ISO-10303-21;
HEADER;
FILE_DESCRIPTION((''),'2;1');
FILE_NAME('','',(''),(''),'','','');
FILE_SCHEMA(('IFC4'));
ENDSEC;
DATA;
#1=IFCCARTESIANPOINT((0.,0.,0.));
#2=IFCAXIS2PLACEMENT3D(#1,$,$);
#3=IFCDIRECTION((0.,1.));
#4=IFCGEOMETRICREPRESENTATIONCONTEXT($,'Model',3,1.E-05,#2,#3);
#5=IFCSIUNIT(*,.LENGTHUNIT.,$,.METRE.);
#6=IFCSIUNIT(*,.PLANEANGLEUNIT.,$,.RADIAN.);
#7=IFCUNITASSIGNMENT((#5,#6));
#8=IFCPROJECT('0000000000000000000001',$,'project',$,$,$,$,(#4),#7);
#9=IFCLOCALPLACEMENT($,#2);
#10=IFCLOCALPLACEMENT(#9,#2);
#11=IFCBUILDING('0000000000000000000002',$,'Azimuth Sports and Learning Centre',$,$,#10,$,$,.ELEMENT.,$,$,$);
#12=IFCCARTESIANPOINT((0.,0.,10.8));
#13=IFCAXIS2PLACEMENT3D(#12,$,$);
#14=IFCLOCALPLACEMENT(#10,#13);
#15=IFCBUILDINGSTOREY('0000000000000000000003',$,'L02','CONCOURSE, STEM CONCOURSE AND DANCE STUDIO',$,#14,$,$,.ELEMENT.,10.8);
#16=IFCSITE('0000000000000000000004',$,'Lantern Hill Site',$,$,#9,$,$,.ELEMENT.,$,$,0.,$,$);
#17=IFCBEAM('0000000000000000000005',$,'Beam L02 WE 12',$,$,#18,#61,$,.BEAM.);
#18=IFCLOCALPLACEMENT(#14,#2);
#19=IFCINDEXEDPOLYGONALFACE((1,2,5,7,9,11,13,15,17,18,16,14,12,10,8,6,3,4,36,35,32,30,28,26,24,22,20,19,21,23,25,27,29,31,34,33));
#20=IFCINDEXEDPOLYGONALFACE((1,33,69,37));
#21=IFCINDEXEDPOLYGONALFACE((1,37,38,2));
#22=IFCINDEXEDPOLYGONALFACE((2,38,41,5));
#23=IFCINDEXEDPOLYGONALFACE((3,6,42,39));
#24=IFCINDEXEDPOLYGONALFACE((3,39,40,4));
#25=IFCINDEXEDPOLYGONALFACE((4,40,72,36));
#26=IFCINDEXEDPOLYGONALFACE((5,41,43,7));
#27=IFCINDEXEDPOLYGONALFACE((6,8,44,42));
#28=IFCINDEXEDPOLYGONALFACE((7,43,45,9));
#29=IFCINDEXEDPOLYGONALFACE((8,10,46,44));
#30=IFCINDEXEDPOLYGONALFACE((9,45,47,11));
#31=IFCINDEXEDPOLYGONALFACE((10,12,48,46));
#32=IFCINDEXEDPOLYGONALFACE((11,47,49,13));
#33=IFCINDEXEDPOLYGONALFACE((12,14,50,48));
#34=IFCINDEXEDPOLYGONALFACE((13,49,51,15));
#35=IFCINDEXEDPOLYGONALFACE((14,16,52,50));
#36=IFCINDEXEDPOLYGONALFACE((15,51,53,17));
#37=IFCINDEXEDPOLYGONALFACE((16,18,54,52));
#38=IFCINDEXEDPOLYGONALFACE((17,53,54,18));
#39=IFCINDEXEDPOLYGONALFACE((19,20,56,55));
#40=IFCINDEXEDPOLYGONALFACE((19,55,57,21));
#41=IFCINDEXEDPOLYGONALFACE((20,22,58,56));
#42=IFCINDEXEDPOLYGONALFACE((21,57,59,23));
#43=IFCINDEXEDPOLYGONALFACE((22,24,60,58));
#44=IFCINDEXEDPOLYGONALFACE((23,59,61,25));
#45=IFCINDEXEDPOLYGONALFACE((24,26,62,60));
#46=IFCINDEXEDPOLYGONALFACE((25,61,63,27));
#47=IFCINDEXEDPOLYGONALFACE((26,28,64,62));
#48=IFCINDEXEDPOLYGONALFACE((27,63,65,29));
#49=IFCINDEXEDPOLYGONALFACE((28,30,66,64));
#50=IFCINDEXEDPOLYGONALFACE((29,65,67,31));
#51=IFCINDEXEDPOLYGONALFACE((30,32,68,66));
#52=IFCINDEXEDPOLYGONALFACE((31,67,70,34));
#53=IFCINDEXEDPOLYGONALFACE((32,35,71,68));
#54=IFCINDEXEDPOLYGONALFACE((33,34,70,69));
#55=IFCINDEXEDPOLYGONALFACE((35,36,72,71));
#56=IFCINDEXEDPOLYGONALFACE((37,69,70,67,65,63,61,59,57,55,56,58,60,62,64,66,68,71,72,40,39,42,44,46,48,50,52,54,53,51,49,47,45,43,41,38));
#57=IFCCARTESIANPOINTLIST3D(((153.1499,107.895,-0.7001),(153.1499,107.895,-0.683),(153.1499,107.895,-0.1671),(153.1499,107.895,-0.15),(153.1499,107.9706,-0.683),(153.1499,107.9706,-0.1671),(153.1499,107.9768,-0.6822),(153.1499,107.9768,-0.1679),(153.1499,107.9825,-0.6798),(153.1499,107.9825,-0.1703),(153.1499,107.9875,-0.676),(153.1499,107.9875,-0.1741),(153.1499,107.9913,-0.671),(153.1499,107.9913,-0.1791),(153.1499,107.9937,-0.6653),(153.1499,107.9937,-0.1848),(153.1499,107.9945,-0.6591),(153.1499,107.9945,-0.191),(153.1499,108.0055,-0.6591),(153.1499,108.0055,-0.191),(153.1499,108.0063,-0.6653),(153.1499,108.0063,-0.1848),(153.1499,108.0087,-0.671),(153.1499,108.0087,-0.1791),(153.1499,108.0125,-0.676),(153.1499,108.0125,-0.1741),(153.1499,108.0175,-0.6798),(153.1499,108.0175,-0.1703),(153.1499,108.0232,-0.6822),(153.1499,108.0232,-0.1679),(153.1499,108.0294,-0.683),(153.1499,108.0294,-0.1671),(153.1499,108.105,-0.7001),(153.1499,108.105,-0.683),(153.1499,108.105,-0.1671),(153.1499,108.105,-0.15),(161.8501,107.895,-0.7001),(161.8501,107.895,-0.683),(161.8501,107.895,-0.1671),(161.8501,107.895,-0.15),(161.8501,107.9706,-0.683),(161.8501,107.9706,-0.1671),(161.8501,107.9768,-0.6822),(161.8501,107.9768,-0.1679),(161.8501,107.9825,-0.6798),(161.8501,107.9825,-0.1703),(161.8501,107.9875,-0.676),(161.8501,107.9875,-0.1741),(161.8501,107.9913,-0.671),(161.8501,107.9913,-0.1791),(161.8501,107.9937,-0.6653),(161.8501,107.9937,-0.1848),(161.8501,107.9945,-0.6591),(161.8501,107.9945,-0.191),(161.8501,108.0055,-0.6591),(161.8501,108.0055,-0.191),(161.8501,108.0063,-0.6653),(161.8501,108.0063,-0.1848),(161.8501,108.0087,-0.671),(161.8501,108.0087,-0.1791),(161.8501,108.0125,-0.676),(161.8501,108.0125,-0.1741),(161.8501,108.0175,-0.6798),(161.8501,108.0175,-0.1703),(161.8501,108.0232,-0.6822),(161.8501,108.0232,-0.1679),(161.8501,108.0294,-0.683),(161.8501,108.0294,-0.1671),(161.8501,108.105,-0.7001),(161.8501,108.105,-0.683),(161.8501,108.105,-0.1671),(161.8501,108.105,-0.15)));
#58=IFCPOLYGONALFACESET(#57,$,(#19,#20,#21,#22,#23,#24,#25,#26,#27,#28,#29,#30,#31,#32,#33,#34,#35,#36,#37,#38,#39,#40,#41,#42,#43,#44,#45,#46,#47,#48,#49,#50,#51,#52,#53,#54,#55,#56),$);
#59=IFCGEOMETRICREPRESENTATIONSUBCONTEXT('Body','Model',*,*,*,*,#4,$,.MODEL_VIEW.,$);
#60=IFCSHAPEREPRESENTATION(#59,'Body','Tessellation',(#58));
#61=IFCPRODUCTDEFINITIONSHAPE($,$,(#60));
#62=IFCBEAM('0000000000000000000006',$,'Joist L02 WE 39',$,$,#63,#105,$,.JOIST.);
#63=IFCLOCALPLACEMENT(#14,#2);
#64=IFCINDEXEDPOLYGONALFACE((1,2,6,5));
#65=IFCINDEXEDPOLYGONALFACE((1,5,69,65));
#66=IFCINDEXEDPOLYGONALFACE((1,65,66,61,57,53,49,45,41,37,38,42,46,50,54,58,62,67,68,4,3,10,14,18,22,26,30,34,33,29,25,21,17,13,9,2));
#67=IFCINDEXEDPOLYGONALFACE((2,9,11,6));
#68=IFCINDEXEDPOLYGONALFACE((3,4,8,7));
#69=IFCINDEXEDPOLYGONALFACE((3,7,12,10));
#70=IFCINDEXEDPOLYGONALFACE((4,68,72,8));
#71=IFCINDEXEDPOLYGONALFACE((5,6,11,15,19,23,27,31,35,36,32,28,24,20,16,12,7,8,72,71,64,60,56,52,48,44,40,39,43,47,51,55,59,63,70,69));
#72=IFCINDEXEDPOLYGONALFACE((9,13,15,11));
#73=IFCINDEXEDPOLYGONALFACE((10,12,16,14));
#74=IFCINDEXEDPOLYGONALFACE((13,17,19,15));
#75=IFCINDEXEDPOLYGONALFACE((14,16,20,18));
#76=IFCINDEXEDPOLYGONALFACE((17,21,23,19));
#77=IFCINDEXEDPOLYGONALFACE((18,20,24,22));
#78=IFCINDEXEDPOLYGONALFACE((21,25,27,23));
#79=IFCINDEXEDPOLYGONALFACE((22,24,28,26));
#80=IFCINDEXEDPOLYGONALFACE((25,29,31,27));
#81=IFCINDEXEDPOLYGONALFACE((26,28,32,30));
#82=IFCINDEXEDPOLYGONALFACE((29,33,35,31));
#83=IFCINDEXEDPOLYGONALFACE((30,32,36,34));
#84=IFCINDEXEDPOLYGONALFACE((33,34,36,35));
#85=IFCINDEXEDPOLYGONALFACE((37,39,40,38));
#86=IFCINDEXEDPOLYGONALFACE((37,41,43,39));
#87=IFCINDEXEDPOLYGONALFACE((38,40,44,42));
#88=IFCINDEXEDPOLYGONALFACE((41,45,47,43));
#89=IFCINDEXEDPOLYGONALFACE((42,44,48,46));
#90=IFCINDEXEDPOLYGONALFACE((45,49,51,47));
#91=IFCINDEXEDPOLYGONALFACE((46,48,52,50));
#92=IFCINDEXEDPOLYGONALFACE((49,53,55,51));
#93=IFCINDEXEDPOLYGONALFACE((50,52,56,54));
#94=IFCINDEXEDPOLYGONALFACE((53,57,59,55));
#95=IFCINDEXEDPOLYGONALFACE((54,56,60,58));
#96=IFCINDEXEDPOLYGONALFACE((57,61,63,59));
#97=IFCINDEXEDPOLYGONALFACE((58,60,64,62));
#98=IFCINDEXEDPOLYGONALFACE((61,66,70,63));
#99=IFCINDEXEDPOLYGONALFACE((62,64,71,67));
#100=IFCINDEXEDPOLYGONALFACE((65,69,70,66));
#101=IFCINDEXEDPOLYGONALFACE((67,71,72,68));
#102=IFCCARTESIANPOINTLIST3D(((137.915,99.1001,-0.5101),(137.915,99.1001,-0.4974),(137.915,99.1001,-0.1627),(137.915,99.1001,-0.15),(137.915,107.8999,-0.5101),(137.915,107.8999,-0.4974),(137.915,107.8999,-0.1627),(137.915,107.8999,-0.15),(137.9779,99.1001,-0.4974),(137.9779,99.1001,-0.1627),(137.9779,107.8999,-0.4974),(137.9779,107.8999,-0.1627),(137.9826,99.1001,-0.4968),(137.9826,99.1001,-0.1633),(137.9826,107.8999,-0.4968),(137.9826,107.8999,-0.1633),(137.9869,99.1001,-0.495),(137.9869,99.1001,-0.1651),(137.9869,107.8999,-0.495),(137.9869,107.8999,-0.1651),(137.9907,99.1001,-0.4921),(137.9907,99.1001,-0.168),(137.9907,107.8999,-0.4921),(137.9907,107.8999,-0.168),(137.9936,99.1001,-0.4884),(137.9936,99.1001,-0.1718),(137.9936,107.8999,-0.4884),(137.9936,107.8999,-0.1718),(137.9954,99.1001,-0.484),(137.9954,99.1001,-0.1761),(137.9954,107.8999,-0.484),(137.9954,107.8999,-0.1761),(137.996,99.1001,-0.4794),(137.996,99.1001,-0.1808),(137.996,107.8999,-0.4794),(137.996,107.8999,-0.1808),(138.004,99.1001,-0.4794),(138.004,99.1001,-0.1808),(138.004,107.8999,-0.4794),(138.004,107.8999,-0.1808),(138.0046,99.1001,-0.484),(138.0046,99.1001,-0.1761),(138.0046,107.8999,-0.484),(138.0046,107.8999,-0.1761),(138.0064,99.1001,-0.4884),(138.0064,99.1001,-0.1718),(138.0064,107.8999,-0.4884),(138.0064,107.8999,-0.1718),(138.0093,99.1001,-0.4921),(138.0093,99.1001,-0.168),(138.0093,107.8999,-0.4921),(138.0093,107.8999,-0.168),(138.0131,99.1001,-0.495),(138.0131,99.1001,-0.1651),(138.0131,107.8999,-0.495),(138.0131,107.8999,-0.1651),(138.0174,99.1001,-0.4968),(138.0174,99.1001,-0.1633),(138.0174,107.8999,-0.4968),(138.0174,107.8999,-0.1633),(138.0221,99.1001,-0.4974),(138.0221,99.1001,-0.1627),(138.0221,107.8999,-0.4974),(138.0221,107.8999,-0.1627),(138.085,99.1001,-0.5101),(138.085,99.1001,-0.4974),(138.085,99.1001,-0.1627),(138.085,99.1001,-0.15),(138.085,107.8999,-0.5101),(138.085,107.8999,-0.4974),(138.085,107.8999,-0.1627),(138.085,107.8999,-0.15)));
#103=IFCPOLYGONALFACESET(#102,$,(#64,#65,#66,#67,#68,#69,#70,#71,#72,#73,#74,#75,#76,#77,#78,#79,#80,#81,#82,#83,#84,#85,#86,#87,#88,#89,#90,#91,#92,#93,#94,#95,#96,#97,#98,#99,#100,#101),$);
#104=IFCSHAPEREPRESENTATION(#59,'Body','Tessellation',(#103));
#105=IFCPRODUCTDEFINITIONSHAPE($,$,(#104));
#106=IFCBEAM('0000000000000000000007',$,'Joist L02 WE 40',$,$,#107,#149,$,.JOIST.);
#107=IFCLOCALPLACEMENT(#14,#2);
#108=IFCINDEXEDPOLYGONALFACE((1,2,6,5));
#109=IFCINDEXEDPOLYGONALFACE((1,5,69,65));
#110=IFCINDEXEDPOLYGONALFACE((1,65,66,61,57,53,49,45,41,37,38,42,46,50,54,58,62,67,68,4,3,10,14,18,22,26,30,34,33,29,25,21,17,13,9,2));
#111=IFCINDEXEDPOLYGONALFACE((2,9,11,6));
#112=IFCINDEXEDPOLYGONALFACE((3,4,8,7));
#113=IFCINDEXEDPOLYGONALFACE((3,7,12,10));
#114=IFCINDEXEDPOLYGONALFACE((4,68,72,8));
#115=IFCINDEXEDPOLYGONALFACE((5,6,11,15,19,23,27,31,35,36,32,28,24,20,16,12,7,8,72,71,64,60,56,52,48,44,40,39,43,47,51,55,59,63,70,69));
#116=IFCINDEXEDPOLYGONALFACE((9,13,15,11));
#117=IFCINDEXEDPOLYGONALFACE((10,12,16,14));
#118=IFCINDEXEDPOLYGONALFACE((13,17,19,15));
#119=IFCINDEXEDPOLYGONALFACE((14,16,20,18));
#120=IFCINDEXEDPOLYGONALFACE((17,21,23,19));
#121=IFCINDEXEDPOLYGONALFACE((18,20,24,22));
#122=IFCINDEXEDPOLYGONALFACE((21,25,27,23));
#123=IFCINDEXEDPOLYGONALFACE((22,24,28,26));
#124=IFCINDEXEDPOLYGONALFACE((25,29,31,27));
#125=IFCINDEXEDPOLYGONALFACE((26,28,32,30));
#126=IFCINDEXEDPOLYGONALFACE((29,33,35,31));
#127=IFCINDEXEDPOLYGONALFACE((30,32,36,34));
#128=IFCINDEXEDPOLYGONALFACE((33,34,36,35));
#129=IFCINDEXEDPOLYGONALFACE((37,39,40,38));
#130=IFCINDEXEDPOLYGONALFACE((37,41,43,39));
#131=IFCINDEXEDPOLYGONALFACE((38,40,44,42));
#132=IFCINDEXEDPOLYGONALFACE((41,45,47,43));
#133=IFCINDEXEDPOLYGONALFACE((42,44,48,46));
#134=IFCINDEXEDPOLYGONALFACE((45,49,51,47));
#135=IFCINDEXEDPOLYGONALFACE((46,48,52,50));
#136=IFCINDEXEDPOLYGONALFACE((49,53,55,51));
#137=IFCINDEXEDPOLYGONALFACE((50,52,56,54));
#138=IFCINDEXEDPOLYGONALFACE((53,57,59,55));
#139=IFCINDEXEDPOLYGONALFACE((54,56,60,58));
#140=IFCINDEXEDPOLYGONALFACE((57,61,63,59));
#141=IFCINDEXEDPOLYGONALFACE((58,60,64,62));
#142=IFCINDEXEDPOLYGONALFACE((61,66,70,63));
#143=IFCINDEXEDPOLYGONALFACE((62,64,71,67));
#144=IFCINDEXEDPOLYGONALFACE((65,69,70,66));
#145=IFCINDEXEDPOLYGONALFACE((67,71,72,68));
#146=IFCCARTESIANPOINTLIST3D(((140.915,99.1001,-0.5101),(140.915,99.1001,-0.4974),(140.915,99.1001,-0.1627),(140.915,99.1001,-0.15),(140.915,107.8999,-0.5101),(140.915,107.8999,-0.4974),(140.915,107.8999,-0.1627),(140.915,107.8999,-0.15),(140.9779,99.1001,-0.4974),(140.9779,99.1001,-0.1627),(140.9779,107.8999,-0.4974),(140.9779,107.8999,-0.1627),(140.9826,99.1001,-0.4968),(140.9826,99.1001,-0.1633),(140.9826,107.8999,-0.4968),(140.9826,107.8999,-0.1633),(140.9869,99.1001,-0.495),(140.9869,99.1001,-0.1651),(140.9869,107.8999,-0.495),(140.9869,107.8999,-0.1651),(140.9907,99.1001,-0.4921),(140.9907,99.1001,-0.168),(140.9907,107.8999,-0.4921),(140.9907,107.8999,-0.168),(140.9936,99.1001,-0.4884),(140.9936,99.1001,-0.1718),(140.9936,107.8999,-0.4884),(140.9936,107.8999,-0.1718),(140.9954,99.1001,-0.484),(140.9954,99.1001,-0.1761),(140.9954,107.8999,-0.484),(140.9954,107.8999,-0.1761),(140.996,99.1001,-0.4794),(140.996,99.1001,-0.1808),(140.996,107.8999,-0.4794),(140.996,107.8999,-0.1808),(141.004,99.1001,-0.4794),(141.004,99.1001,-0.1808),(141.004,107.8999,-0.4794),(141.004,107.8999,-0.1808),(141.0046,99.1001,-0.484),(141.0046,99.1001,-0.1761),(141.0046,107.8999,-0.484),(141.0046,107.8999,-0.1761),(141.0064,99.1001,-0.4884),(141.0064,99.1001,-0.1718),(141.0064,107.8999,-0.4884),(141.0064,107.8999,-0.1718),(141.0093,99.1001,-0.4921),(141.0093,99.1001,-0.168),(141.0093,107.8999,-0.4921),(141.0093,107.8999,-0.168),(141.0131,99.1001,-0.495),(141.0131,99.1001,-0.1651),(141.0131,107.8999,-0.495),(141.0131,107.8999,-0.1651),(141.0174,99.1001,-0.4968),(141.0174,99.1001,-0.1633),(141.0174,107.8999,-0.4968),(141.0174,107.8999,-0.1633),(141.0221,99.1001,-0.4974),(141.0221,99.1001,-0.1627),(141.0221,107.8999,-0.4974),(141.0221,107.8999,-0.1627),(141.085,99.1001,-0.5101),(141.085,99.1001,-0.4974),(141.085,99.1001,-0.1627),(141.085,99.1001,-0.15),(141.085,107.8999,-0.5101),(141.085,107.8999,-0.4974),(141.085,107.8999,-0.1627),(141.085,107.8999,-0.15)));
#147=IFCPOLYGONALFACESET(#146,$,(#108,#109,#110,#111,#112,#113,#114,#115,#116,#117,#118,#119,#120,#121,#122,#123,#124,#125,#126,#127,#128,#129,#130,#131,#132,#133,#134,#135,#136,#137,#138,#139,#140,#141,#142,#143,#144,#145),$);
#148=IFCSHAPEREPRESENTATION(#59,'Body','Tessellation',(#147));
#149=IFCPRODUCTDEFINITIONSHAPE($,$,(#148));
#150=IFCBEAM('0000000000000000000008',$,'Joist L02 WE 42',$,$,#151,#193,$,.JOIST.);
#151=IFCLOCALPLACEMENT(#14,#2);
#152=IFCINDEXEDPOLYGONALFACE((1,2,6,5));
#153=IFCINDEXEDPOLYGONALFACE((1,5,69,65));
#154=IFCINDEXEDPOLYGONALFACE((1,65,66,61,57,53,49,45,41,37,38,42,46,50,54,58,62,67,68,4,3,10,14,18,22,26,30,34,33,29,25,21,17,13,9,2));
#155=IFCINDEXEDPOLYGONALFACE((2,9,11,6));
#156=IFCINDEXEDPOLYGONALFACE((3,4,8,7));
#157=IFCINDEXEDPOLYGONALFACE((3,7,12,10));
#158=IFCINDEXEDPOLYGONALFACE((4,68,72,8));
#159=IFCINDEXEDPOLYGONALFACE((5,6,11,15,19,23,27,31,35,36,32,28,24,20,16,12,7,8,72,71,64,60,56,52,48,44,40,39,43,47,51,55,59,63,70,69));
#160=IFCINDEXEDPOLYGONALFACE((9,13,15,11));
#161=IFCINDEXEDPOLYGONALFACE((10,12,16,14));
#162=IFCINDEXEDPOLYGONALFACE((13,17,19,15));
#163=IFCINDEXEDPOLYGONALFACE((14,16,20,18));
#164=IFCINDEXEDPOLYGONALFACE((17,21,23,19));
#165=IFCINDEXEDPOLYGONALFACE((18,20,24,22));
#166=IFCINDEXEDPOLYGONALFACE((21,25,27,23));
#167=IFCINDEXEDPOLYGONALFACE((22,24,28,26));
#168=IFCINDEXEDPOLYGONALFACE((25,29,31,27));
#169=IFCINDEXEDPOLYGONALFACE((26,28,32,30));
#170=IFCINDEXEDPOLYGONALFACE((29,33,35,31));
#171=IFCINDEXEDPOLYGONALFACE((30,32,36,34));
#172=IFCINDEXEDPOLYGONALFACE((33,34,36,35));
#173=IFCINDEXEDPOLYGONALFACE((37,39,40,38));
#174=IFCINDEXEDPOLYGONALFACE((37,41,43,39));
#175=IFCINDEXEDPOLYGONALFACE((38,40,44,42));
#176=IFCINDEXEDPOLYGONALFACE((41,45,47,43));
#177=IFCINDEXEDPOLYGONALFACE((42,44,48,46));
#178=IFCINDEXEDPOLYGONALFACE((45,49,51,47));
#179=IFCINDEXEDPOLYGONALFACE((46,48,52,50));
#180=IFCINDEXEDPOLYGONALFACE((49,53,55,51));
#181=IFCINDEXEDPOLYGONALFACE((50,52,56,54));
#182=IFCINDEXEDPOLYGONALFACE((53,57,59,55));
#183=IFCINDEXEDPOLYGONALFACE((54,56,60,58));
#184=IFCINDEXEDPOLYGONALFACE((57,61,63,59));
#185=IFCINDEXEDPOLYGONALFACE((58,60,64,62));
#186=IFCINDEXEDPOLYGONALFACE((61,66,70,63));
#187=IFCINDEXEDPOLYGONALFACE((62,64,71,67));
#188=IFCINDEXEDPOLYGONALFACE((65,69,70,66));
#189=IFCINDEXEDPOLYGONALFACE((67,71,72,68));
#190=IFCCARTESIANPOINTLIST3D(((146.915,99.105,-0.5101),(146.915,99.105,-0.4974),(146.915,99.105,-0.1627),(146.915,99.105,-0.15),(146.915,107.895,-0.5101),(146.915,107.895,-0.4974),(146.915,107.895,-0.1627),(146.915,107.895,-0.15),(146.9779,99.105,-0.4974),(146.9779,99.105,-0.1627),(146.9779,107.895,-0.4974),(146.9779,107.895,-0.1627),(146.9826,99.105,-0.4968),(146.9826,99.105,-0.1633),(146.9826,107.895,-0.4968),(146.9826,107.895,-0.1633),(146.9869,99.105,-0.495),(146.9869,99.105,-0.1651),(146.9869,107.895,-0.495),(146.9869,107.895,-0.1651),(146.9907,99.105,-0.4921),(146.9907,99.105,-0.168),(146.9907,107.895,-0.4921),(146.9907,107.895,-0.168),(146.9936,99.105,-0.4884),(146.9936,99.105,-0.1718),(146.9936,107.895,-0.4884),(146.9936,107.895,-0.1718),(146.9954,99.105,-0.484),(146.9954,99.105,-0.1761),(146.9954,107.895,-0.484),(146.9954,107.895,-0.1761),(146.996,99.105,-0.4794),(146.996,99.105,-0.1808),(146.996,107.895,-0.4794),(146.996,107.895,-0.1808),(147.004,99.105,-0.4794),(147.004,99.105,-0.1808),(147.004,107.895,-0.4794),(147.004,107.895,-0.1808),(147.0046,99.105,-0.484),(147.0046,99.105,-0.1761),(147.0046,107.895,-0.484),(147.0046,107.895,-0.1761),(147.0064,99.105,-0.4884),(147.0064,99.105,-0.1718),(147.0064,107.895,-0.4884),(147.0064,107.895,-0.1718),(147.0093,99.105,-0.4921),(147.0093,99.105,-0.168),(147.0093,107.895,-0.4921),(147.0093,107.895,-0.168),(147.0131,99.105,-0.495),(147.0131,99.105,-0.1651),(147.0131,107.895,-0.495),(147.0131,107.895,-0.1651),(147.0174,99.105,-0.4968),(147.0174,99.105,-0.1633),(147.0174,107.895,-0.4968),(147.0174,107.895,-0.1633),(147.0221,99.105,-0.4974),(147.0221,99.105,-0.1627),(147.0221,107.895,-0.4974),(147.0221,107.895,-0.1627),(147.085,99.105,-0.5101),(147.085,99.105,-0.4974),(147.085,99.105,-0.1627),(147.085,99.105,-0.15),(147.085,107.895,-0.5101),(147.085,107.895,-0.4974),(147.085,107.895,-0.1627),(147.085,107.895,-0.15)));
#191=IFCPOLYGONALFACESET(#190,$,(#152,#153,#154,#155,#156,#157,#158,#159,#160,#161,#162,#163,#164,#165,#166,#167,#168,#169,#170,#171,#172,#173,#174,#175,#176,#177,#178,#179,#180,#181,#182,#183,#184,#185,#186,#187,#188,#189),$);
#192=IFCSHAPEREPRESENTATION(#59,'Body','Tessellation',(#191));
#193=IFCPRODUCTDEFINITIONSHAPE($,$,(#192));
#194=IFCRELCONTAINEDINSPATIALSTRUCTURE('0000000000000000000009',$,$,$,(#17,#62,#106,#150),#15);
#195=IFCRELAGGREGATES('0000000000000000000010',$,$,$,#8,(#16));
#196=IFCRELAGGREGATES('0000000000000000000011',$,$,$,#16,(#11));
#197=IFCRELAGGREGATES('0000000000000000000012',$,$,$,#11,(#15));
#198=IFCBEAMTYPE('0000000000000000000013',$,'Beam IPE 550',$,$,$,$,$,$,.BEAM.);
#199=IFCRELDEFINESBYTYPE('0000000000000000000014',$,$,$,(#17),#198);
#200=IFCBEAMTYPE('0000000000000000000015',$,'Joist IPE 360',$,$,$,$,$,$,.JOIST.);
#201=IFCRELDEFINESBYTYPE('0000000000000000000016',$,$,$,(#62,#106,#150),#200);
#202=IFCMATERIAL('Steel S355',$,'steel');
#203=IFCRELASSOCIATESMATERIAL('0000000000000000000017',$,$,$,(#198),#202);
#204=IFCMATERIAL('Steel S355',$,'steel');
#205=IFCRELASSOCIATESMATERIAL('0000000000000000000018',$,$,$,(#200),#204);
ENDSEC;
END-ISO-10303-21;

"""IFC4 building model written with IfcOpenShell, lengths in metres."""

from ifc_helpers import new_model, si_unit, direction, frame, origin, origin_2d, place, context, subcontext, project, spatial, i_section, extrude, material, material_profile, profile_set, type_object, element, save


model = new_model("IFC4")

# Units and contexts
model_context = context("Model", 3, precision=1e-05, world=origin(), true_north=direction((0.0, 1.0)))
body_context = subcontext(model_context, "Body", "Model", "MODEL_VIEW")
ifc_project = project(units=[si_unit("LENGTHUNIT", "METRE"), si_unit("PLANEANGLEUNIT", "RADIAN")], contexts=[model_context])

# Site, building, storey
site_placement = place(None, origin())
site = spatial("IfcSite", under=ifc_project, at=site_placement, Name="Lantern Hill Site", CompositionType="ELEMENT", RefElevation=0.0)
building_placement = place(site_placement, origin())
building = spatial("IfcBuilding", under=site, at=building_placement, Name="Azimuth Sports and Learning Centre", CompositionType="ELEMENT")
storey_placement = place(building_placement, frame((0.0, 0.0, 10.8)))
storey = spatial("IfcBuildingStorey", under=building, at=storey_placement, Name="L02", Description="CONCOURSE, STEM CONCOURSE AND DANCE STUDIO", CompositionType="ELEMENT", Elevation=10.8)

# Beams
ifc_material_1 = material(Name="Steel S355", Category="steel")
ifc_material_profile_1 = material_profile(ifc_material_1, i_section(OverallWidth=0.21, OverallDepth=0.55, WebThickness=0.011, FlangeThickness=0.0171, FilletRadius=0.0239, at=origin_2d()), Name="IPE 550")
ifc_profile_set_1 = profile_set([ifc_material_profile_1], Name="Steel S355")
beam_type_1 = type_object("IfcBeamType", Name="Beam IPE 550", PredefinedType="BEAM", material=ifc_profile_set_1)
for number, where, z_axis, x_axis, name in (
    (1, (153.1499, 108.0, -0.425), (1.0, 0.0, 0.0), (0.0, 1.0, 0.0), "Beam L02 WE 12"),
):
    element("IfcBeam", number, at=place(storey_placement, frame(where, z_axis=z_axis, x_axis=x_axis)), inside=storey, type_object=beam_type_1, Name=name, PredefinedType="BEAM", context=body_context, shape_type="SweptSolid", body=[
        extrude(i_section(OverallWidth=0.21, OverallDepth=0.55, WebThickness=0.011, FlangeThickness=0.0171, FilletRadius=0.0239, at=origin_2d()), origin(), (0.0, 0.0, 1.0), 8.7002),
    ])
ifc_material_2 = material(Name="Steel S355", Category="steel")
ifc_material_profile_2 = material_profile(ifc_material_2, i_section(OverallWidth=0.1699, OverallDepth=0.3601, WebThickness=0.0081, FlangeThickness=0.0127, FilletRadius=0.0181, at=origin_2d()), Name="IPE 360")
ifc_profile_set_2 = profile_set([ifc_material_profile_2], Name="Steel S355")
beam_type_2 = type_object("IfcBeamType", Name="Joist IPE 360", PredefinedType="JOIST", material=ifc_profile_set_2)
for number, where, z_axis, x_axis, name in (
    (2, (138.0, 99.1001, -0.3301), (0.0, 1.0, 0.0), (-1.0, 0.0, 0.0), "Joist L02 WE 39"),
    (3, (141.0, 99.1001, -0.3301), (0.0, 1.0, 0.0), (-1.0, 0.0, 0.0), "Joist L02 WE 40"),
):
    element("IfcBeam", number, at=place(storey_placement, frame(where, z_axis=z_axis, x_axis=x_axis)), inside=storey, type_object=beam_type_2, Name=name, PredefinedType="JOIST", context=body_context, shape_type="SweptSolid", body=[
        extrude(i_section(OverallWidth=0.1699, OverallDepth=0.3601, WebThickness=0.0081, FlangeThickness=0.0127, FilletRadius=0.0181, at=origin_2d()), origin(), (0.0, 0.0, 1.0), 8.7998),
    ])
for number, where, z_axis, x_axis, name in (
    (4, (147.0, 99.105, -0.3301), (0.0, 1.0, 0.0), (-1.0, 0.0, 0.0), "Joist L02 WE 42"),
):
    element("IfcBeam", number, at=place(storey_placement, frame(where, z_axis=z_axis, x_axis=x_axis)), inside=storey, type_object=beam_type_2, Name=name, PredefinedType="JOIST", context=body_context, shape_type="SweptSolid", body=[
        extrude(i_section(OverallWidth=0.1699, OverallDepth=0.3601, WebThickness=0.0081, FlangeThickness=0.0127, FilletRadius=0.0181, at=origin_2d()), origin(), (0.0, 0.0, 1.0), 8.79),
    ])

save(model, "model.ifc")
